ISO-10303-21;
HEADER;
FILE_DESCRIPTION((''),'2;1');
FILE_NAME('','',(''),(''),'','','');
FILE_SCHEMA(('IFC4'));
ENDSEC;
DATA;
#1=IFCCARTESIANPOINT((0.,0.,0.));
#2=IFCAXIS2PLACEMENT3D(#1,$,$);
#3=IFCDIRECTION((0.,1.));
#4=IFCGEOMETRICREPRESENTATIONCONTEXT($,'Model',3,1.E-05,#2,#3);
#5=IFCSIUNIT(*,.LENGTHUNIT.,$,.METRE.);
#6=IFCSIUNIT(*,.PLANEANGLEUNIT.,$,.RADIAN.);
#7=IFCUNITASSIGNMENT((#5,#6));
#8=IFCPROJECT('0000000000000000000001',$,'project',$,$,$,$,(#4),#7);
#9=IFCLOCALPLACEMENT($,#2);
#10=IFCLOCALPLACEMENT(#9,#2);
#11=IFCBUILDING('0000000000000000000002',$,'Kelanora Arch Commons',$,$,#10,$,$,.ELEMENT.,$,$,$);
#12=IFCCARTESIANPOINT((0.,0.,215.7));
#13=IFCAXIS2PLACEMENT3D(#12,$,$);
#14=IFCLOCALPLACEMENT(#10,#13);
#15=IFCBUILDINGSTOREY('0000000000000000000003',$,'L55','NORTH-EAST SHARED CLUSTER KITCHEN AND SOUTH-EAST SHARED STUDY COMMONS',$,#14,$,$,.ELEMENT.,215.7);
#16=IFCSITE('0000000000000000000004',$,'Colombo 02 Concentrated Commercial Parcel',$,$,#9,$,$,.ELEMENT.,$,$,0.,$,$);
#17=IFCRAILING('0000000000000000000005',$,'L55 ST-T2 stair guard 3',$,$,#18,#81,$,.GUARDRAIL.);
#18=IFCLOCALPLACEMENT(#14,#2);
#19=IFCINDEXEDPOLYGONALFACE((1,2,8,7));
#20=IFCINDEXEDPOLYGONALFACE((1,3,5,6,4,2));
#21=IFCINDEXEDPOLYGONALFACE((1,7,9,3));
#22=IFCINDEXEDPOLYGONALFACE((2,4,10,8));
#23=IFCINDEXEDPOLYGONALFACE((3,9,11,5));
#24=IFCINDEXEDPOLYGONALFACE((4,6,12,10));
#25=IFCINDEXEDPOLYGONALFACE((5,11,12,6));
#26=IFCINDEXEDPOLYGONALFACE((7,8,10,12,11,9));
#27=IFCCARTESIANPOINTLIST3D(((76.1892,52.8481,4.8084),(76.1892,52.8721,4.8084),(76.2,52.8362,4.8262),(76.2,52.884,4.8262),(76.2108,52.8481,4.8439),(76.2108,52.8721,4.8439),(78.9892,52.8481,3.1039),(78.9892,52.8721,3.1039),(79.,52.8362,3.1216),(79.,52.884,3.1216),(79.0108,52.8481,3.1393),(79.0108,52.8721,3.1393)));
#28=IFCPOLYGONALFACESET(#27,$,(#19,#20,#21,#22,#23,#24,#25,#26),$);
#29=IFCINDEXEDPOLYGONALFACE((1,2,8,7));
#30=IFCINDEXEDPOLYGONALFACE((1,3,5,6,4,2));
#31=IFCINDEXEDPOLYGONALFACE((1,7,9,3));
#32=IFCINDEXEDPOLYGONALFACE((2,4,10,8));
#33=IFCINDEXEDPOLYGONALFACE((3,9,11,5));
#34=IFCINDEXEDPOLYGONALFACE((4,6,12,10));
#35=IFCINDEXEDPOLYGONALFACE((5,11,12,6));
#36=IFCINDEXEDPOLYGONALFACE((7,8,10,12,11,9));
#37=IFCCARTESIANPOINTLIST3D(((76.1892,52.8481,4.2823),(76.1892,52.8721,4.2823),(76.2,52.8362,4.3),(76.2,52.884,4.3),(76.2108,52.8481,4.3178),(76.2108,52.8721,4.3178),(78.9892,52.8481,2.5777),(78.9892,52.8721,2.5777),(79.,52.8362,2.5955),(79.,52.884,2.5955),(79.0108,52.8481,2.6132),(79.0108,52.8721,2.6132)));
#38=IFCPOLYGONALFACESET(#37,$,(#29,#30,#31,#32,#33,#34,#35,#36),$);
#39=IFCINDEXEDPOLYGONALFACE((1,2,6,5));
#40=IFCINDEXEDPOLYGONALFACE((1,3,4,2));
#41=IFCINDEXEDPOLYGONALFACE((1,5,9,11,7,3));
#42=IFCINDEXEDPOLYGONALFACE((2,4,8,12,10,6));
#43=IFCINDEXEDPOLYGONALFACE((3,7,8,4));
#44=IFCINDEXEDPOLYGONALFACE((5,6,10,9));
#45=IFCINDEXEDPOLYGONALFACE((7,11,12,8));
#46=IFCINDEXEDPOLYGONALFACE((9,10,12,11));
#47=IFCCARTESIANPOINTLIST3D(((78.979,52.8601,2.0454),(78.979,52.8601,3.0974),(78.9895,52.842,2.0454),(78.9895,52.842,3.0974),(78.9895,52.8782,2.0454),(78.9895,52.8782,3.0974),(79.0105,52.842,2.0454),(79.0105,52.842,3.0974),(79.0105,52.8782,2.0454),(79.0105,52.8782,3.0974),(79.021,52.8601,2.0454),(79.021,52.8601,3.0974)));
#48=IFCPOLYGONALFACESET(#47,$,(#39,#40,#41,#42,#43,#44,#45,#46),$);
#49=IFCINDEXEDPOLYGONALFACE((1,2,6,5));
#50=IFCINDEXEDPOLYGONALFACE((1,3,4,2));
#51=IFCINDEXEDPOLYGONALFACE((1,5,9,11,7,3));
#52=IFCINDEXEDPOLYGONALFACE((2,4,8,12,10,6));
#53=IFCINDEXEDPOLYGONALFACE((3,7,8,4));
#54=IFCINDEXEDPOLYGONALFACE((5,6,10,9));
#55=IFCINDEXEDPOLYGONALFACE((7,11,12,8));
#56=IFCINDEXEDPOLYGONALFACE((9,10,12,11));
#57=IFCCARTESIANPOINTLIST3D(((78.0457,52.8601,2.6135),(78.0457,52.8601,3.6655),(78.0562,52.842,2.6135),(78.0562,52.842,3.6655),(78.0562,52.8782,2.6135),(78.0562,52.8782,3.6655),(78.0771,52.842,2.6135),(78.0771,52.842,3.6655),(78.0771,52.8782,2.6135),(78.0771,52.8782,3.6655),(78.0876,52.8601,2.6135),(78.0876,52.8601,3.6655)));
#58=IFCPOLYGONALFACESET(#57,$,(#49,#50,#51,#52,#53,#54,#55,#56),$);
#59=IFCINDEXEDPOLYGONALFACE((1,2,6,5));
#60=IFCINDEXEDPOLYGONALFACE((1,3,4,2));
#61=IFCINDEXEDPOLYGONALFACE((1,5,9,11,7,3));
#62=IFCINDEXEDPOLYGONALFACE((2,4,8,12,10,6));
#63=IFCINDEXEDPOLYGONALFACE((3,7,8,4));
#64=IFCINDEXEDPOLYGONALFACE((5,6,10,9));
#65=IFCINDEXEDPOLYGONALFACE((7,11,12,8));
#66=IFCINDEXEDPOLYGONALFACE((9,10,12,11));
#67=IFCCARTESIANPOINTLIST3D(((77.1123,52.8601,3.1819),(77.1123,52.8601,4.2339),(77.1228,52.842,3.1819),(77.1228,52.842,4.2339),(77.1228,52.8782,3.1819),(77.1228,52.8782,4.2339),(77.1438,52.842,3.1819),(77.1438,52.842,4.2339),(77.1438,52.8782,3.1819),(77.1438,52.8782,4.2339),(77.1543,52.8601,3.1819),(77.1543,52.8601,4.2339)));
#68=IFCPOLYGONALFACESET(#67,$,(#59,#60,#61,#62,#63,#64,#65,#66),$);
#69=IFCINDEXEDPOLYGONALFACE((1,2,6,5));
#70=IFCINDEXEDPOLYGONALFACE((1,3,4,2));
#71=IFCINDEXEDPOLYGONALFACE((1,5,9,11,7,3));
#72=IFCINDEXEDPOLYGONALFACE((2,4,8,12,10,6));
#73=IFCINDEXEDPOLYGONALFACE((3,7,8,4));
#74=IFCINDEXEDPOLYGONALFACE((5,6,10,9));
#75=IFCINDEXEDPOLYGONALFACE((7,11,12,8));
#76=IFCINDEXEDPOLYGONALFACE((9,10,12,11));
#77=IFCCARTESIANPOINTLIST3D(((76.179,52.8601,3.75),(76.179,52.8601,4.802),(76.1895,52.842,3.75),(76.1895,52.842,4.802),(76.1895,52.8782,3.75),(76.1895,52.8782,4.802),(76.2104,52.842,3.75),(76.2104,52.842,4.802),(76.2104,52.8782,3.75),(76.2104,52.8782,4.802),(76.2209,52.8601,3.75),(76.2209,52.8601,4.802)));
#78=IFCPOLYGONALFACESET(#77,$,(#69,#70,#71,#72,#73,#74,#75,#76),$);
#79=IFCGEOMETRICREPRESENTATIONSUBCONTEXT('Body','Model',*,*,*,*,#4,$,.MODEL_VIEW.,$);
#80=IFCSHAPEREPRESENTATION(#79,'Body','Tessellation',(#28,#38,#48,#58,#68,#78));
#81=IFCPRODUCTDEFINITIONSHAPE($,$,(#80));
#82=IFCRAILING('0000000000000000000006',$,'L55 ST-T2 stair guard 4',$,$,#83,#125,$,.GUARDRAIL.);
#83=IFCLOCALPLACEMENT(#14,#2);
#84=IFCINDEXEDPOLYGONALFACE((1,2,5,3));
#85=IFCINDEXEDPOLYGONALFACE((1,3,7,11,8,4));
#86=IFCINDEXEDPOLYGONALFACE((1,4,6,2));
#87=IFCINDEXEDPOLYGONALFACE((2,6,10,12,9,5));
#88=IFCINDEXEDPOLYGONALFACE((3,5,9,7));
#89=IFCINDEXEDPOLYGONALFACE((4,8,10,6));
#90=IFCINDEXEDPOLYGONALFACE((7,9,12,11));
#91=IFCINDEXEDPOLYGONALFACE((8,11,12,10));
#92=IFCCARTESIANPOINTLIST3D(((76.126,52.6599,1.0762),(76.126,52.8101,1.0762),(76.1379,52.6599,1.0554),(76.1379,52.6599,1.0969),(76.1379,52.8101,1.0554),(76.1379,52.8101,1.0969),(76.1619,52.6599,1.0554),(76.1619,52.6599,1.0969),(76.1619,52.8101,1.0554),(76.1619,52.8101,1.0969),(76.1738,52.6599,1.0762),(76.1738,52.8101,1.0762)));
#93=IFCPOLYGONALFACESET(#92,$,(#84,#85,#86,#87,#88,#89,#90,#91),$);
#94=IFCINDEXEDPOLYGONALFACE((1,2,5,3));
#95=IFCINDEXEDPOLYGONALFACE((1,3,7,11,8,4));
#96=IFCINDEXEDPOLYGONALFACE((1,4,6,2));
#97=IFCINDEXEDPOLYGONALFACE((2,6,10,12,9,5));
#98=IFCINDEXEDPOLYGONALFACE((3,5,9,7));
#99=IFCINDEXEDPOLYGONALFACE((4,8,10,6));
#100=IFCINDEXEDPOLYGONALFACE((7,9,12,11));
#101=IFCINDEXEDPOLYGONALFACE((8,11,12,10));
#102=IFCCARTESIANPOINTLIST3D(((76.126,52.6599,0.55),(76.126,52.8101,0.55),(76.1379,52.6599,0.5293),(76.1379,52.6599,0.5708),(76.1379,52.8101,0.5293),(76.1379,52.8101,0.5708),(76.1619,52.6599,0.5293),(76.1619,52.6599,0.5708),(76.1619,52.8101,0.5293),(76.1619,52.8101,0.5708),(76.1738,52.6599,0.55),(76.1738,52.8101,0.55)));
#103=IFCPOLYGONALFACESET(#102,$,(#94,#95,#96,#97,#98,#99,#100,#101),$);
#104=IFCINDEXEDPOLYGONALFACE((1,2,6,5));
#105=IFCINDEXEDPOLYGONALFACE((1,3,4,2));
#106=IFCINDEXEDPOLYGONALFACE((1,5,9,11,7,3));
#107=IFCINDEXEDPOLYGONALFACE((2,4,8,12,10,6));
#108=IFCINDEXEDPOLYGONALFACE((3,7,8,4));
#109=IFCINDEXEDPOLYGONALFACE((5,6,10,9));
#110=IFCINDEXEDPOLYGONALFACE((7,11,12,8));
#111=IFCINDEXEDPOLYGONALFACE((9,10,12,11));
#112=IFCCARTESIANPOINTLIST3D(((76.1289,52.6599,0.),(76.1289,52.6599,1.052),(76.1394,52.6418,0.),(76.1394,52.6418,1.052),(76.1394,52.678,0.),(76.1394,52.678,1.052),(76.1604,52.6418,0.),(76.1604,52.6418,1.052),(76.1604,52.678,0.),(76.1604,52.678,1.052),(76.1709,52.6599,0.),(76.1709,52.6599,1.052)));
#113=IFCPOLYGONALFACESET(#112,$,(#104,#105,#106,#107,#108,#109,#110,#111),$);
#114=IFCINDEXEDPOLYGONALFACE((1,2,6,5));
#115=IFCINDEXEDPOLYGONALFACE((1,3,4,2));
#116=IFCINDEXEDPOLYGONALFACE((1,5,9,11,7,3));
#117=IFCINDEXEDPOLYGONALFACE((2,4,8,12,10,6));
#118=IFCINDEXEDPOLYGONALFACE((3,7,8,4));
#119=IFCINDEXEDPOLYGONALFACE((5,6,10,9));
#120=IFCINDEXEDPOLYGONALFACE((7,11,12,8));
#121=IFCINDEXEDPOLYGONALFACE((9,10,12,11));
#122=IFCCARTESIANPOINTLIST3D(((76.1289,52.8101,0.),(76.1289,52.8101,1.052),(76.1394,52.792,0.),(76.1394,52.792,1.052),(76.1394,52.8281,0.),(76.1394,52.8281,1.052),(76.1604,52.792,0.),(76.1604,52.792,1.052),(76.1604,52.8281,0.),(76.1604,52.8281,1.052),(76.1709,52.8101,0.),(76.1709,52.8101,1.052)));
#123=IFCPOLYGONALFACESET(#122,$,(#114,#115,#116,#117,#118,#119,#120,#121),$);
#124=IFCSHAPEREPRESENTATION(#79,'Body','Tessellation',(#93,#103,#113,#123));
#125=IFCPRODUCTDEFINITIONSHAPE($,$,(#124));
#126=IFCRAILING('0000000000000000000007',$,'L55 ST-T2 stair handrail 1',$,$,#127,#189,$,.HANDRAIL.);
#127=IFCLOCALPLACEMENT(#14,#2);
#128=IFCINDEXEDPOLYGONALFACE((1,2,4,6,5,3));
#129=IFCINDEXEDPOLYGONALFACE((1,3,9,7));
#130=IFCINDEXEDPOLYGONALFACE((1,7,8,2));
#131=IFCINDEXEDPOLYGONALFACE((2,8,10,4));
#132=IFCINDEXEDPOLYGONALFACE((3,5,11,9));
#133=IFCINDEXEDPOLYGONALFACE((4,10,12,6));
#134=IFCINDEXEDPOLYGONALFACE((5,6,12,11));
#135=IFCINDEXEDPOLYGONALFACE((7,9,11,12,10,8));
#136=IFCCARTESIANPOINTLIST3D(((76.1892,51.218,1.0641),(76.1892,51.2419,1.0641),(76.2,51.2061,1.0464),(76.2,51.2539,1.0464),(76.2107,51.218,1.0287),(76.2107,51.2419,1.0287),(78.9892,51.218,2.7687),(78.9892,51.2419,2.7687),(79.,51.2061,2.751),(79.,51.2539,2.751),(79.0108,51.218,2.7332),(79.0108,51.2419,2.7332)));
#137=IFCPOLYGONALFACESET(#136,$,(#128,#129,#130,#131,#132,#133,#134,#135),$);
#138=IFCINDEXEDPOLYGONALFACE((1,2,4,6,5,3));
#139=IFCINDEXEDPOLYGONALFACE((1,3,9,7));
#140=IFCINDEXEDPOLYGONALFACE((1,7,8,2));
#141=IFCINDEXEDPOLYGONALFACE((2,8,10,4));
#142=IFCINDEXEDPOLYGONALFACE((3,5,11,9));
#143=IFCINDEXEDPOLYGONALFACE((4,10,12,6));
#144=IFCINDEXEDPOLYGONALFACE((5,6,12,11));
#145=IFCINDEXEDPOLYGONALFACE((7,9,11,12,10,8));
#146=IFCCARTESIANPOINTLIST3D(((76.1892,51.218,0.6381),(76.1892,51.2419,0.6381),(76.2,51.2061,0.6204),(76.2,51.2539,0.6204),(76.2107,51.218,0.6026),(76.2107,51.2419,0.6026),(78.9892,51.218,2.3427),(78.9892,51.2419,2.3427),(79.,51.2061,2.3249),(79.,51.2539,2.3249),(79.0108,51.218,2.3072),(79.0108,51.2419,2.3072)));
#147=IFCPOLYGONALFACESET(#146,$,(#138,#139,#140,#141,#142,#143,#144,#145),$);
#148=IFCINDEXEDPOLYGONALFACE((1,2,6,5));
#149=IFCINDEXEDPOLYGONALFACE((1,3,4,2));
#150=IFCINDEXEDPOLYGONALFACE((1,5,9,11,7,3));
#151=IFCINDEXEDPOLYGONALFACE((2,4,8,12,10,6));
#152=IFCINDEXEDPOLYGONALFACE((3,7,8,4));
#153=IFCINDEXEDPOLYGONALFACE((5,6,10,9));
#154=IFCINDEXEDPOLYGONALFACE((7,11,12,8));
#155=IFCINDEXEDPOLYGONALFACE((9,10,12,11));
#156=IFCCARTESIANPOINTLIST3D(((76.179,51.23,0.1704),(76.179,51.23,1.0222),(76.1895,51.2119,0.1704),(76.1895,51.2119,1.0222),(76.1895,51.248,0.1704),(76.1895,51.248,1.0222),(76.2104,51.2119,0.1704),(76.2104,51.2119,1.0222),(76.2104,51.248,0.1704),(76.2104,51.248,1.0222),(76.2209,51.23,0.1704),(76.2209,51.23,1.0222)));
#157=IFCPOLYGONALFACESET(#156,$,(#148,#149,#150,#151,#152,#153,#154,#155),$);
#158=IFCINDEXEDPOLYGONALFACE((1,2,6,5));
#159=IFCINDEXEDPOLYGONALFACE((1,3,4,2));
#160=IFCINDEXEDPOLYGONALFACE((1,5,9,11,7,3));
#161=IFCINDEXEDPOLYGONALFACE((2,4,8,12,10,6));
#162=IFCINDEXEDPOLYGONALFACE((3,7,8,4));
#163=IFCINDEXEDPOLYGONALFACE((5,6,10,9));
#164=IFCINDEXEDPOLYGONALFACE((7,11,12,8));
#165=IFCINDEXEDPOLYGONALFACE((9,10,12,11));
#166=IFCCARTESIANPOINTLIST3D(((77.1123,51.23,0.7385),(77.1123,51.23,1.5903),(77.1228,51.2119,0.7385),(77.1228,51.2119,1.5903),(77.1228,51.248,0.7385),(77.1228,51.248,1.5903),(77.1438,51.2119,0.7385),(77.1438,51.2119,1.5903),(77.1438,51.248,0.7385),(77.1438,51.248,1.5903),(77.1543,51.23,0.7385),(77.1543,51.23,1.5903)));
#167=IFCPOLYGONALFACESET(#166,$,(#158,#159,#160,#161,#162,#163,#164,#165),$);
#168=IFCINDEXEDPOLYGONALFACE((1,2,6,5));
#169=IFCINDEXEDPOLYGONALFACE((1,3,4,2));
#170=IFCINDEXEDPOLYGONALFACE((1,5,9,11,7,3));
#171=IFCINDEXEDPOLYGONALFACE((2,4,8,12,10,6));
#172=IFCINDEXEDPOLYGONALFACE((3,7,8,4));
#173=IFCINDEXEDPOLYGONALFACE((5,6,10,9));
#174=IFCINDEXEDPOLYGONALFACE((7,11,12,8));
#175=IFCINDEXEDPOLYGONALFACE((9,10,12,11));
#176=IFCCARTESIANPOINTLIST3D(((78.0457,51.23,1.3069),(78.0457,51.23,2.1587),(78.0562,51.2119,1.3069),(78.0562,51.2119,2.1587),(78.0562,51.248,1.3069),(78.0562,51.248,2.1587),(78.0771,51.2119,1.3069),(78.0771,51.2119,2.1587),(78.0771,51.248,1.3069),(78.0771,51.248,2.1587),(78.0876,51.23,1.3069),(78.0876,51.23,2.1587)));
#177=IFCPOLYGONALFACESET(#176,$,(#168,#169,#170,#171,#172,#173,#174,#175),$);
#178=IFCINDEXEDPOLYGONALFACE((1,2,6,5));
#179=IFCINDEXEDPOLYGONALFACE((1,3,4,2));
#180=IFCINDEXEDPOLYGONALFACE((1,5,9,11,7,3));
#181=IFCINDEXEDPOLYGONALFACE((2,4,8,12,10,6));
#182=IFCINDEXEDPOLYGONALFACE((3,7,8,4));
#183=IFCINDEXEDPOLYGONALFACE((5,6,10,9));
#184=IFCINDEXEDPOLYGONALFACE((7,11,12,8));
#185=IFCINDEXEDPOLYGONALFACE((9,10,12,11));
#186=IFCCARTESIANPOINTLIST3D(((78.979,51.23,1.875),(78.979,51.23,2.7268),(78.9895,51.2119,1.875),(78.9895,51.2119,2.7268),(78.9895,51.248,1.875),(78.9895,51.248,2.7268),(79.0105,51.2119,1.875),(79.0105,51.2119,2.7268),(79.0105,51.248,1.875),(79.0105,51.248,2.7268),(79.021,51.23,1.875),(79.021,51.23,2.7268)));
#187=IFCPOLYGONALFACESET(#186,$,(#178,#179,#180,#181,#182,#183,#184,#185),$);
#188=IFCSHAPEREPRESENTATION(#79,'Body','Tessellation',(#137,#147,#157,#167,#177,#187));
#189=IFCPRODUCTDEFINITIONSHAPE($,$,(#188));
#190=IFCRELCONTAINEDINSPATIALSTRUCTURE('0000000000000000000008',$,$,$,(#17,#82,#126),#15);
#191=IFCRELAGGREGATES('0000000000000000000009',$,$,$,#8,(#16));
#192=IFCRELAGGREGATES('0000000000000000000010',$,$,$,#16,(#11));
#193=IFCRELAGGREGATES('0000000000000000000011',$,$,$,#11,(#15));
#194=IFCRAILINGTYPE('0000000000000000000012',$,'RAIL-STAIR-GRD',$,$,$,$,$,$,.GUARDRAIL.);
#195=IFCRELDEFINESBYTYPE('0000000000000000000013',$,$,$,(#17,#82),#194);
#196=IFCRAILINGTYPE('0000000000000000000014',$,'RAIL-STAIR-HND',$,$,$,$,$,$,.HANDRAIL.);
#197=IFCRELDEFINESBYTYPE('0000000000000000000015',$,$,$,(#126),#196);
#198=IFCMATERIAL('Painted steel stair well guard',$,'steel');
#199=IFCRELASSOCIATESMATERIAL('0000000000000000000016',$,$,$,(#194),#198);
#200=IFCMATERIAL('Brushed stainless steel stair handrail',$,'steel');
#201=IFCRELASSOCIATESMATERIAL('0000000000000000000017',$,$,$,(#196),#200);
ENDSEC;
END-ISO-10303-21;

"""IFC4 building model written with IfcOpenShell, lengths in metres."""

from ifc_helpers import new_model, si_unit, direction, frame, origin, place, context, subcontext, project, spatial, polyline, outline, extrude, material, type_object, element, save


model = new_model("IFC4")

# Units and contexts
model_context = context("Model", 3, precision=1e-05, world=origin(), true_north=direction((0.0, 1.0)))
body_context = subcontext(model_context, "Body", "Model", "MODEL_VIEW")
ifc_project = project(units=[si_unit("LENGTHUNIT", "METRE"), si_unit("PLANEANGLEUNIT", "RADIAN")], contexts=[model_context])

# Site, building, storey
site_placement = place(None, origin())
site = spatial("IfcSite", under=ifc_project, at=site_placement, Name="Colombo 02 Concentrated Commercial Parcel", CompositionType="ELEMENT", RefElevation=0.0)
building_placement = place(site_placement, origin())
building = spatial("IfcBuilding", under=site, at=building_placement, Name="Kelanora Arch Commons", CompositionType="ELEMENT")
storey_placement = place(building_placement, frame((0.0, 0.0, 215.7)))
storey = spatial("IfcBuildingStorey", under=building, at=storey_placement, Name="L55", Description="NORTH-EAST SHARED CLUSTER KITCHEN AND SOUTH-EAST SHARED STUDY COMMONS", CompositionType="ELEMENT", Elevation=215.7)

# Railings
ifc_material_1 = material(Name="Painted steel stair well guard", Category="steel")
railing_type_1 = type_object("IfcRailingType", Name="RAIL-STAIR-GRD", PredefinedType="GUARDRAIL", material=ifc_material_1)
railing_1_placement = place(storey_placement, frame((79.0, 52.8601, 2.0454)))
element("IfcRailing", 1, at=railing_1_placement, inside=storey, type_object=railing_type_1, Name="L55 ST-T2 stair guard 3", PredefinedType="GUARDRAIL", context=body_context, shape_type="SweptSolid", body=[
    extrude(outline(polyline([(0.0239, 0.0), (0.012, 0.0208), (-0.012, 0.0208), (-0.0239, 0.0), (-0.012, -0.0208), (0.012, -0.0208), (0.0239, 0.0)])), frame((0.0, 0.0, 1.0762), z_axis=(-0.85417, 0.0, 0.519994), x_axis=(0.0, -1.0, 0.0)), (0.0, 0.0, 1.0), 3.2781),
    extrude(outline(polyline([(0.0239, 0.0), (0.012, 0.0208), (-0.012, 0.0208), (-0.0239, 0.0), (-0.012, -0.0208), (0.012, -0.0208), (0.0239, 0.0)])), frame((0.0, 0.0, 0.55), z_axis=(-0.85417, 0.0, 0.519994), x_axis=(0.0, -1.0, 0.0)), (0.0, 0.0, 1.0), 3.2781),
    extrude(outline(polyline([(0.021, 0.0), (0.0105, 0.0181), (-0.0105, 0.0181), (-0.021, 0.0), (-0.0105, -0.0181), (0.0105, -0.0181), (0.021, 0.0)])), origin(), (0.0, 0.0, 1.0), 1.052),
    extrude(outline(polyline([(0.021, 0.0), (0.0105, 0.0181), (-0.0105, 0.0181), (-0.021, 0.0), (-0.0105, -0.0181), (0.0105, -0.0181), (0.021, 0.0)])), frame((-0.9333, 0.0, 0.5681)), (0.0, 0.0, 1.0), 1.052),
    extrude(outline(polyline([(0.021, 0.0), (0.0105, 0.0181), (-0.0105, 0.0181), (-0.021, 0.0), (-0.0105, -0.0181), (0.0105, -0.0181), (0.021, 0.0)])), frame((-1.8667, 0.0, 1.1365)), (0.0, 0.0, 1.0), 1.052),
    extrude(outline(polyline([(0.021, 0.0), (0.0105, 0.0181), (-0.0105, 0.0181), (-0.021, 0.0), (-0.0105, -0.0181), (0.0105, -0.0181), (0.021, 0.0)])), frame((-2.8, 0.0, 1.7046)), (0.0, 0.0, 1.0), 1.052),
])
railing_2_placement = place(storey_placement, frame((76.1499, 52.6599, 0.0)))
element("IfcRailing", 2, at=railing_2_placement, inside=storey, type_object=railing_type_1, Name="L55 ST-T2 stair guard 4", PredefinedType="GUARDRAIL", context=body_context, shape_type="SweptSolid", body=[
    extrude(outline(polyline([(0.0239, 0.0), (0.012, 0.0208), (-0.012, 0.0208), (-0.0239, 0.0), (-0.012, -0.0208), (0.012, -0.0208), (0.0239, 0.0)])), frame((0.0, 0.0, 1.0762), z_axis=(0.0, 1.0, 0.0), x_axis=(-1.0, 0.0, 0.0)), (0.0, 0.0, 1.0), 0.1501),
    extrude(outline(polyline([(0.0239, 0.0), (0.012, 0.0208), (-0.012, 0.0208), (-0.0239, 0.0), (-0.012, -0.0208), (0.012, -0.0208), (0.0239, 0.0)])), frame((0.0, 0.0, 0.55), z_axis=(0.0, 1.0, 0.0), x_axis=(-1.0, 0.0, 0.0)), (0.0, 0.0, 1.0), 0.1501),
    extrude(outline(polyline([(0.021, 0.0), (0.0105, 0.0181), (-0.0105, 0.0181), (-0.021, 0.0), (-0.0105, -0.0181), (0.0105, -0.0181), (0.021, 0.0)])), origin(), (0.0, 0.0, 1.0), 1.052),
    extrude(outline(polyline([(0.021, 0.0), (0.0105, 0.0181), (-0.0105, 0.0181), (-0.021, 0.0), (-0.0105, -0.0181), (0.0105, -0.0181), (0.021, 0.0)])), frame((0.0, 0.1501, 0.0)), (0.0, 0.0, 1.0), 1.052),
])
ifc_material_2 = material(Name="Brushed stainless steel stair handrail", Category="steel")
railing_type_2 = type_object("IfcRailingType", Name="RAIL-STAIR-HND", PredefinedType="HANDRAIL", material=ifc_material_2)
railing_3_placement = place(storey_placement, frame((76.2, 51.23, 0.1704)))
element("IfcRailing", 3, at=railing_3_placement, inside=storey, type_object=railing_type_2, Name="L55 ST-T2 stair handrail 1", PredefinedType="HANDRAIL", context=body_context, shape_type="SweptSolid", body=[
    extrude(outline(polyline([(0.0239, 0.0), (0.012, 0.0208), (-0.012, 0.0208), (-0.0239, 0.0), (-0.012, -0.0208), (0.012, -0.0208), (0.0239, 0.0)])), frame((0.0, 0.0, 0.876), z_axis=(0.85417, 0.0, 0.519994), x_axis=(0.0, 1.0, 0.0)), (0.0, 0.0, 1.0), 3.2781),
    extrude(outline(polyline([(0.0239, 0.0), (0.012, 0.0208), (-0.012, 0.0208), (-0.0239, 0.0), (-0.012, -0.0208), (0.012, -0.0208), (0.0239, 0.0)])), frame((0.0, 0.0, 0.45), z_axis=(0.85417, 0.0, 0.519994), x_axis=(0.0, 1.0, 0.0)), (0.0, 0.0, 1.0), 3.2781),
    extrude(outline(polyline([(0.021, 0.0), (0.0105, 0.0181), (-0.0105, 0.0181), (-0.021, 0.0), (-0.0105, -0.0181), (0.0105, -0.0181), (0.021, 0.0)])), origin(), (0.0, 0.0, 1.0), 0.8518),
    extrude(outline(polyline([(0.021, 0.0), (0.0105, 0.0181), (-0.0105, 0.0181), (-0.021, 0.0), (-0.0105, -0.0181), (0.0105, -0.0181), (0.021, 0.0)])), frame((0.9333, 0.0, 0.5681)), (0.0, 0.0, 1.0), 0.8518),
    extrude(outline(polyline([(0.021, 0.0), (0.0105, 0.0181), (-0.0105, 0.0181), (-0.021, 0.0), (-0.0105, -0.0181), (0.0105, -0.0181), (0.021, 0.0)])), frame((1.8667, 0.0, 1.1365)), (0.0, 0.0, 1.0), 0.8518),
    extrude(outline(polyline([(0.021, 0.0), (0.0105, 0.0181), (-0.0105, 0.0181), (-0.021, 0.0), (-0.0105, -0.0181), (0.0105, -0.0181), (0.021, 0.0)])), frame((2.8, 0.0, 1.7046)), (0.0, 0.0, 1.0), 0.8518),
])

save(model, "model.ifc")
